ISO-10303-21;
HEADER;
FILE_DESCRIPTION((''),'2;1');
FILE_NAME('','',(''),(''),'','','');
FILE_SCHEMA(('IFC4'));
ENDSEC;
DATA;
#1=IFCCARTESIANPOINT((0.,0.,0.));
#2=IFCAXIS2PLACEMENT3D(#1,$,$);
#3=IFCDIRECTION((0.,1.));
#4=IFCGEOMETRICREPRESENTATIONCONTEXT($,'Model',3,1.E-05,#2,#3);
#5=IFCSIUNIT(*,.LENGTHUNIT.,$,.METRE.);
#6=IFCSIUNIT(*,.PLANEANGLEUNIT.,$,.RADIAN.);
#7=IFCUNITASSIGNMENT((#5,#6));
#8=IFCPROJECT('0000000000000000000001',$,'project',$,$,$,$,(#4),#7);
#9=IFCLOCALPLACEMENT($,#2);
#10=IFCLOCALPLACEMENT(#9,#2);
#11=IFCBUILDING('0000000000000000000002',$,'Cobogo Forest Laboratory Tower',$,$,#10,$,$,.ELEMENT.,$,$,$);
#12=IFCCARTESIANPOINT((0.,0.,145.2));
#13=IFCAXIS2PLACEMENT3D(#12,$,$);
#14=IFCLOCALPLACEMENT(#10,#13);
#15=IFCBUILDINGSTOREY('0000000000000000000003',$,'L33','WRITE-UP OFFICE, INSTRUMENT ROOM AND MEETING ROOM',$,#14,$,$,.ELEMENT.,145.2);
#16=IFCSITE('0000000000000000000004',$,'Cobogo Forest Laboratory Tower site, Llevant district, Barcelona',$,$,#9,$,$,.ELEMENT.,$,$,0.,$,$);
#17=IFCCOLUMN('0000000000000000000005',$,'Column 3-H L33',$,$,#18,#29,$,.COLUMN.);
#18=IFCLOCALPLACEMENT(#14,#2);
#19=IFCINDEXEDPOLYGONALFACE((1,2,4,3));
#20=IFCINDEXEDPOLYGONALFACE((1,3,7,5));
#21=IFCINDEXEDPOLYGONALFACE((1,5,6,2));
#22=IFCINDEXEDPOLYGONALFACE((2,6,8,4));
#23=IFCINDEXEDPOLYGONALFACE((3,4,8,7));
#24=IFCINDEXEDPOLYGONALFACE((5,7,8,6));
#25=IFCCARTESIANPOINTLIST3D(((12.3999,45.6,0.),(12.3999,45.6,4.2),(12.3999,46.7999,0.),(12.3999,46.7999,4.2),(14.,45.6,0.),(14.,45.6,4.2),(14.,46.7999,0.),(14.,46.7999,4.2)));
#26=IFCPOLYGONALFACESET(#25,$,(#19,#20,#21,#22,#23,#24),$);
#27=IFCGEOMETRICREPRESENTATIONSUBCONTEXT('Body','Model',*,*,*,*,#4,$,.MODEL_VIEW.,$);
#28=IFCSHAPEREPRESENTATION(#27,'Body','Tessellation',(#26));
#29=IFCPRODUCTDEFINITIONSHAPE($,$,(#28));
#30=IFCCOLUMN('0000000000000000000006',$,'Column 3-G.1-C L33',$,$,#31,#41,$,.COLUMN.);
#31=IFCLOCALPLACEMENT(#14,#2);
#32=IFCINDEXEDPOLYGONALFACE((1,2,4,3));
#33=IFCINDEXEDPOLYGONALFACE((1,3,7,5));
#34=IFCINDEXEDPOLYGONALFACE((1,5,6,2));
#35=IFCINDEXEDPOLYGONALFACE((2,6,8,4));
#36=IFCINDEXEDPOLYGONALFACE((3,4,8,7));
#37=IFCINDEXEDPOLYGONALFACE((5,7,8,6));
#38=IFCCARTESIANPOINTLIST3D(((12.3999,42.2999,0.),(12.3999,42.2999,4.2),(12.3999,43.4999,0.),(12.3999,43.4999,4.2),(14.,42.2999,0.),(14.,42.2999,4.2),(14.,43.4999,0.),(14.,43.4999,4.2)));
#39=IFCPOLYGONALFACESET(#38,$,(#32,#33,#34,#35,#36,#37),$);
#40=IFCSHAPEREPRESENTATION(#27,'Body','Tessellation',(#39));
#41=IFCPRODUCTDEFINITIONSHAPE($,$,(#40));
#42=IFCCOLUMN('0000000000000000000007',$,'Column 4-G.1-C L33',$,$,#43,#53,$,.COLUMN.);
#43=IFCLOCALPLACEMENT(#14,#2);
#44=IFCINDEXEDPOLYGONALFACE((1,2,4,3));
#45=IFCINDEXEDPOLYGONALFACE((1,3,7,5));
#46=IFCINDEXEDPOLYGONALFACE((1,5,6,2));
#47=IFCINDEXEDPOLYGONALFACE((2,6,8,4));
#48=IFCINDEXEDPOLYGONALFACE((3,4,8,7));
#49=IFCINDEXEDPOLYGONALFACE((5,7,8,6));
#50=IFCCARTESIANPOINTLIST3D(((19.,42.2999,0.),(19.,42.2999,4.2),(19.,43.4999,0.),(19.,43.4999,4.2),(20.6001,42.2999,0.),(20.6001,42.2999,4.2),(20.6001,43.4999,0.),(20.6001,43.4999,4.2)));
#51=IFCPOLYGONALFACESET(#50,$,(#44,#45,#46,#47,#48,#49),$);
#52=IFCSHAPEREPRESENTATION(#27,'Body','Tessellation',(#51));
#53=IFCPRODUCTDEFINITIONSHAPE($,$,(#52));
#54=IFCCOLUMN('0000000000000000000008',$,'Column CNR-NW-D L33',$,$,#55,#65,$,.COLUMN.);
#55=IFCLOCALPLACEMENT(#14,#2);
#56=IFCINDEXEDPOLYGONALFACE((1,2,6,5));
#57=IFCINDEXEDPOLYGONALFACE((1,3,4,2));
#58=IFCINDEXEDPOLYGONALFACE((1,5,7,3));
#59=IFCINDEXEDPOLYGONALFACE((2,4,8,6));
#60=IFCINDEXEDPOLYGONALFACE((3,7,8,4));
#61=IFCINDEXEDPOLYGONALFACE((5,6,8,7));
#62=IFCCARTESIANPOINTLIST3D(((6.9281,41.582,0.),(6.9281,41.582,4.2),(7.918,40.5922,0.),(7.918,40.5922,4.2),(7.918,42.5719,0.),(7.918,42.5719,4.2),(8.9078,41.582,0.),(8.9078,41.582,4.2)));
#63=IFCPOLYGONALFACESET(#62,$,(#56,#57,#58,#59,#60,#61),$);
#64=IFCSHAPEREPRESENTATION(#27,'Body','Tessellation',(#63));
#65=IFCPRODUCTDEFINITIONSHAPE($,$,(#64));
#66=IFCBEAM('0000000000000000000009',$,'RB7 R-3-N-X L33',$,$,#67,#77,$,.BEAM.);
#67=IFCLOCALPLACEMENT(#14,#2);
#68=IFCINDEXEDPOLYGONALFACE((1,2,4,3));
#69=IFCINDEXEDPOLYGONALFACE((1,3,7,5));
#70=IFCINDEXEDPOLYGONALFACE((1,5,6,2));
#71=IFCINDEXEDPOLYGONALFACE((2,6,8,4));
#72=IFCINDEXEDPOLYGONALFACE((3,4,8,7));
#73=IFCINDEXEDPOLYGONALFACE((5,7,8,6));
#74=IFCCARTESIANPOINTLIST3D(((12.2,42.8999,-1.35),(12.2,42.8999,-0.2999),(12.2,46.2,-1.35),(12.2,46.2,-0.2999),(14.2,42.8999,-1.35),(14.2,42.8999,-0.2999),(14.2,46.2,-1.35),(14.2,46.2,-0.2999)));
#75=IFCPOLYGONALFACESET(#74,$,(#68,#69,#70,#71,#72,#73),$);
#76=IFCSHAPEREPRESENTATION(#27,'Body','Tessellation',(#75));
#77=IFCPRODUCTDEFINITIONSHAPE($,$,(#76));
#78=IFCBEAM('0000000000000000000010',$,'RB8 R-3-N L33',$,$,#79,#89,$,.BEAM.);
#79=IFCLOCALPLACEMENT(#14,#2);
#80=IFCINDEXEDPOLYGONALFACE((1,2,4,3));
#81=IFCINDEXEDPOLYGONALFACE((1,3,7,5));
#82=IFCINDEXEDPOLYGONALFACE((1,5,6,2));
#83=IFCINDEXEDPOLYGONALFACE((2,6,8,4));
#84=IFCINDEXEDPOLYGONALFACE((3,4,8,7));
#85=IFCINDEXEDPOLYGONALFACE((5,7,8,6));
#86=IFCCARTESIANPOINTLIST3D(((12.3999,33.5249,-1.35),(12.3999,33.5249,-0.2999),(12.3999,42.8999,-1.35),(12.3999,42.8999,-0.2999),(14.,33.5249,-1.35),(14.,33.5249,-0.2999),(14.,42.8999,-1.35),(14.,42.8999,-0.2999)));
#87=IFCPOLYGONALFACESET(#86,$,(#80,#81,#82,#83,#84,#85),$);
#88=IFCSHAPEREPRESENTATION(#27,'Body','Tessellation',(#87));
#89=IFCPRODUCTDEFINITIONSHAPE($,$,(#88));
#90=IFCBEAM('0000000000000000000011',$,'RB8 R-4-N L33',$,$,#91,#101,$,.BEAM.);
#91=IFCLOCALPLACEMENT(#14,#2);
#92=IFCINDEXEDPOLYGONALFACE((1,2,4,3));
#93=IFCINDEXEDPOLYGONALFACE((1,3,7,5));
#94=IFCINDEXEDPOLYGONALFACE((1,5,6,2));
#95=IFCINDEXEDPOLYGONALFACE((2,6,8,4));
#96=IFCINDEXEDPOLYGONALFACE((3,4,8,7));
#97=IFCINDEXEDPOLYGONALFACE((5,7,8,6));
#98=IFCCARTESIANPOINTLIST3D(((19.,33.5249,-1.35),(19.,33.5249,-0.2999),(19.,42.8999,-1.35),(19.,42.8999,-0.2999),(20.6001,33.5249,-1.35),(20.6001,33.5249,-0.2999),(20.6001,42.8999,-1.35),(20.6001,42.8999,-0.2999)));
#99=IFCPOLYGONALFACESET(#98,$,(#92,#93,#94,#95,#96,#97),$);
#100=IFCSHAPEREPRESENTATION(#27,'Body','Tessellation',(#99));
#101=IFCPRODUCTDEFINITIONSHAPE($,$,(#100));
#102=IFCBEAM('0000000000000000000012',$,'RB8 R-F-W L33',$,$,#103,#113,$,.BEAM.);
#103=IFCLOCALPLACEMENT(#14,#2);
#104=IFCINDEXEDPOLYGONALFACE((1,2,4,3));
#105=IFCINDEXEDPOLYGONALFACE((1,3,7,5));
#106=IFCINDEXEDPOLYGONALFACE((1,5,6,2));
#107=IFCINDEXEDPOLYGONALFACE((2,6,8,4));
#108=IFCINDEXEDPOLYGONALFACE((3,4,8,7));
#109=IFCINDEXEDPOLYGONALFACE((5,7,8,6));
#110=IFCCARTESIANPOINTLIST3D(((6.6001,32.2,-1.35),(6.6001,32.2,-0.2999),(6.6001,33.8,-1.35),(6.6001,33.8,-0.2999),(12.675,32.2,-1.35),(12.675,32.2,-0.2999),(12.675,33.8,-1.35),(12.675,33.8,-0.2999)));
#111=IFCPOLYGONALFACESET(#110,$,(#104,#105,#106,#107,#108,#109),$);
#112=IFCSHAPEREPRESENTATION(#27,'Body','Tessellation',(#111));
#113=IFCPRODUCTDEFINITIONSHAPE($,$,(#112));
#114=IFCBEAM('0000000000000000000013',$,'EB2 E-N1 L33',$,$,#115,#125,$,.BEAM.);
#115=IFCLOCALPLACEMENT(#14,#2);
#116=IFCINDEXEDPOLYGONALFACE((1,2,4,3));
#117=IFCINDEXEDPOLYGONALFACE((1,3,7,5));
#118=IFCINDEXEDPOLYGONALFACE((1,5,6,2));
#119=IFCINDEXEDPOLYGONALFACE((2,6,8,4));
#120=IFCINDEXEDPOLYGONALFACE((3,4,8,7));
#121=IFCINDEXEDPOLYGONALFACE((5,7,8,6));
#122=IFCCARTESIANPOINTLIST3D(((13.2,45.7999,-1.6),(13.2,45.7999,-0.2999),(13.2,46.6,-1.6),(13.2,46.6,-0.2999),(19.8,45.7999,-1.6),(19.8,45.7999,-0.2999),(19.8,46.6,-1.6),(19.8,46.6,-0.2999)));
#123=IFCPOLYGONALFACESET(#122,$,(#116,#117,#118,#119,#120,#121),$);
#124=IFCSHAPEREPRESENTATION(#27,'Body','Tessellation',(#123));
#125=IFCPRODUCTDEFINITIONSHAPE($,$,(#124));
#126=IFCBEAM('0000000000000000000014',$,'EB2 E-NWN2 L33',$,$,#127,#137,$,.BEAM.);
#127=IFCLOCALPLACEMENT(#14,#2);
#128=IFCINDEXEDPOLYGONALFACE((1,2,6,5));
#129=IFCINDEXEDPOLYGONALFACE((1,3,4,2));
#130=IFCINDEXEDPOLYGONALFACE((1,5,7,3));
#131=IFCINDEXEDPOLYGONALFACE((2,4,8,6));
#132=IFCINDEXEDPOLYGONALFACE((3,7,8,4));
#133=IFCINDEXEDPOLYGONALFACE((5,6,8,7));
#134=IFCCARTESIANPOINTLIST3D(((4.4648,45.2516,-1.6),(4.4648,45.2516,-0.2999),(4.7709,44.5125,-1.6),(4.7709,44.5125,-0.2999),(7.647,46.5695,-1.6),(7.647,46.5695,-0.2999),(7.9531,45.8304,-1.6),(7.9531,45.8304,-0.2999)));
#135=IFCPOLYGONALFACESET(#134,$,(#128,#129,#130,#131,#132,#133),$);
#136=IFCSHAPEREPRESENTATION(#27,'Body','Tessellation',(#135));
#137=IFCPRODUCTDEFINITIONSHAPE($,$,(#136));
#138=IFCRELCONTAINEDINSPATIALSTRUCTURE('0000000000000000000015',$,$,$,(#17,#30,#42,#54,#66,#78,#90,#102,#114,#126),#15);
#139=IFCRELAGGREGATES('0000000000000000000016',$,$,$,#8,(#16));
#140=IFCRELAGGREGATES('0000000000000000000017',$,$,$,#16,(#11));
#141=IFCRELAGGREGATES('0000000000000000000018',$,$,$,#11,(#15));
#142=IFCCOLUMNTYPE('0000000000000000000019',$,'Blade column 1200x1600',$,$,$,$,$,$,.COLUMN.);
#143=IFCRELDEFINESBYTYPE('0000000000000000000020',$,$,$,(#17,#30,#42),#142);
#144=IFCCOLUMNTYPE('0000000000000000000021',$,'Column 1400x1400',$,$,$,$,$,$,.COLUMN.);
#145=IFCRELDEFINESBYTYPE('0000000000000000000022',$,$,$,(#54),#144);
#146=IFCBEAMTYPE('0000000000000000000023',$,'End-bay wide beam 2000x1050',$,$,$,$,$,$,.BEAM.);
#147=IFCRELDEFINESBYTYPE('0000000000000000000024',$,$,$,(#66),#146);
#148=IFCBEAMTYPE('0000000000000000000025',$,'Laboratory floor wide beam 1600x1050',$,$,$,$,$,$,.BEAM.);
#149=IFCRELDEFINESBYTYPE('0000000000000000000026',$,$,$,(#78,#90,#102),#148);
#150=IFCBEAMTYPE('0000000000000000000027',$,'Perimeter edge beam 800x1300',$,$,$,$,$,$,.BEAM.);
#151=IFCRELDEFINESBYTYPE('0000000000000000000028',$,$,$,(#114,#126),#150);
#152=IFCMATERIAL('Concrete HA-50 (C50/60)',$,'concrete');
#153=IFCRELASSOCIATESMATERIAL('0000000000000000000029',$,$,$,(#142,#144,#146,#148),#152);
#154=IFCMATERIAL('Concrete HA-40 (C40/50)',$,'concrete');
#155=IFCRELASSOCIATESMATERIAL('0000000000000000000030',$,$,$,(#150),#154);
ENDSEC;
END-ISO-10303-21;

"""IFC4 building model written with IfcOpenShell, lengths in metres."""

from ifc_helpers import new_model, si_unit, direction, frame, origin, origin_2d, place, context, subcontext, project, spatial, rectangle, extrude, material, material_profile, profile_set, type_object, element, save


model = new_model("IFC4")

# Units and contexts
model_context = context("Model", 3, precision=1e-05, world=origin(), true_north=direction((0.0, 1.0)))
body_context = subcontext(model_context, "Body", "Model", "MODEL_VIEW")
ifc_project = project(units=[si_unit("LENGTHUNIT", "METRE"), si_unit("PLANEANGLEUNIT", "RADIAN")], contexts=[model_context])

# Site, building, storey
site_placement = place(None, origin())
site = spatial("IfcSite", under=ifc_project, at=site_placement, Name="Cobogo Forest Laboratory Tower site, Llevant district, Barcelona", CompositionType="ELEMENT", RefElevation=0.0)
building_placement = place(site_placement, origin())
building = spatial("IfcBuilding", under=site, at=building_placement, Name="Cobogo Forest Laboratory Tower", CompositionType="ELEMENT")
storey_placement = place(building_placement, frame((0.0, 0.0, 145.2)))
storey = spatial("IfcBuildingStorey", under=building, at=storey_placement, Name="L33", Description="WRITE-UP OFFICE, INSTRUMENT ROOM AND MEETING ROOM", CompositionType="ELEMENT", Elevation=145.2)

# Columns
ifc_material_1 = material(Name="Concrete HA-50 (C50/60)", Category="concrete")
ifc_material_profile_1 = material_profile(ifc_material_1, rectangle(XDim=1.6001, YDim=1.2, at=origin_2d()), Name="RC 1200x1600")
ifc_profile_set_1 = profile_set([ifc_material_profile_1], Name="Concrete HA-50 (C50/60)")
column_type_1 = type_object("IfcColumnType", Name="Blade column 1200x1600", PredefinedType="COLUMN", material=ifc_profile_set_1)
for number, where, z_axis, x_axis, name in (
    (1, (13.2, 46.2, 0.0), (0.0, 0.0, 1.0), (1.0, 0.0, 0.0), "Column 3-H L33"),
    (2, (13.2, 42.8999, 0.0), (0.0, 0.0, 1.0), (1.0, 0.0, 0.0), "Column 3-G.1-C L33"),
    (3, (19.8, 42.8999, 0.0), (0.0, 0.0, 1.0), (1.0, 0.0, 0.0), "Column 4-G.1-C L33"),
):
    element("IfcColumn", number, at=place(storey_placement, frame(where, z_axis=z_axis, x_axis=x_axis)), inside=storey, type_object=column_type_1, Name=name, PredefinedType="COLUMN", context=body_context, shape_type="SweptSolid", body=[
        extrude(rectangle(XDim=1.6001, YDim=1.2, at=origin_2d()), origin(), (0.0, 0.0, 1.0), 4.2),
    ])
ifc_material_profile_2 = material_profile(ifc_material_1, rectangle(XDim=1.3999, YDim=1.3999, at=origin_2d()), Name="RC 1400x1400")
ifc_profile_set_2 = profile_set([ifc_material_profile_2], Name="Concrete HA-50 (C50/60)")
column_type_2 = type_object("IfcColumnType", Name="Column 1400x1400", PredefinedType="COLUMN", material=ifc_profile_set_2)
column_placement = place(storey_placement, frame((7.918, 41.582, 0.0), z_axis=(0.0, 0.0, 1.0), x_axis=(0.707107, 0.707107, 0.0)))
element("IfcColumn", 4, at=column_placement, inside=storey, type_object=column_type_2, Name="Column CNR-NW-D L33", PredefinedType="COLUMN", context=body_context, shape_type="SweptSolid", body=[
    extrude(rectangle(XDim=1.3999, YDim=1.3999, at=origin_2d()), origin(), (0.0, 0.0, 1.0), 4.2),
])

# Beams
ifc_material_profile_3 = material_profile(ifc_material_1, rectangle(XDim=2.0, YDim=1.05, at=origin_2d()), Name="RC 2000x1050")
ifc_profile_set_3 = profile_set([ifc_material_profile_3], Name="Concrete HA-50 (C50/60)")
beam_type_1 = type_object("IfcBeamType", Name="End-bay wide beam 2000x1050", PredefinedType="BEAM", material=ifc_profile_set_3)
beam_1_placement = place(storey_placement, frame((13.2, 46.2, -0.825), z_axis=(0.0, -1.0, 0.0), x_axis=(1.0, 0.0, 0.0)))
element("IfcBeam", 5, at=beam_1_placement, inside=storey, type_object=beam_type_1, Name="RB7 R-3-N-X L33", PredefinedType="BEAM", context=body_context, shape_type="SweptSolid", body=[
    extrude(rectangle(XDim=2.0, YDim=1.05, at=origin_2d()), origin(), (0.0, 0.0, 1.0), 3.3),
])
ifc_material_profile_4 = material_profile(ifc_material_1, rectangle(XDim=1.6001, YDim=1.05, at=origin_2d()), Name="RC 1600x1050")
ifc_profile_set_4 = profile_set([ifc_material_profile_4], Name="Concrete HA-50 (C50/60)")
beam_type_2 = type_object("IfcBeamType", Name="Laboratory floor wide beam 1600x1050", PredefinedType="BEAM", material=ifc_profile_set_4)
for number, where, z_axis, x_axis, name in (
    (6, (13.2, 33.5249, -0.825), (0.0, 1.0, 0.0), (-1.0, 0.0, 0.0), "RB8 R-3-N L33"),
    (7, (19.8, 33.5249, -0.825), (0.0, 1.0, 0.0), (-1.0, 0.0, 0.0), "RB8 R-4-N L33"),
):
    element("IfcBeam", number, at=place(storey_placement, frame(where, z_axis=z_axis, x_axis=x_axis)), inside=storey, type_object=beam_type_2, Name=name, PredefinedType="BEAM", context=body_context, shape_type="SweptSolid", body=[
        extrude(rectangle(XDim=1.6001, YDim=1.05, at=origin_2d()), origin(), (0.0, 0.0, 1.0), 9.375),
    ])
beam_2_placement = place(storey_placement, frame((12.675, 33.0, -0.825), z_axis=(-1.0, 0.0, 0.0), x_axis=(0.0, -1.0, 0.0)))
element("IfcBeam", 8, at=beam_2_placement, inside=storey, type_object=beam_type_2, Name="RB8 R-F-W L33", PredefinedType="BEAM", context=body_context, shape_type="SweptSolid", body=[
    extrude(rectangle(XDim=1.6001, YDim=1.05, at=origin_2d()), origin(), (0.0, 0.0, 1.0), 6.075),
])
ifc_material_2 = material(Name="Concrete HA-40 (C40/50)", Category="concrete")
ifc_material_profile_5 = material_profile(ifc_material_2, rectangle(XDim=0.8, YDim=1.3, at=origin_2d()), Name="RC 800x1300")
ifc_profile_set_5 = profile_set([ifc_material_profile_5], Name="Concrete HA-40 (C40/50)")
beam_type_3 = type_object("IfcBeamType", Name="Perimeter edge beam 800x1300", PredefinedType="BEAM", material=ifc_profile_set_5)
beam_3_placement = place(storey_placement, frame((13.2, 46.2, -0.95), z_axis=(1.0, 0.0, 0.0), x_axis=(0.0, 1.0, 0.0)))
element("IfcBeam", 9, at=beam_3_placement, inside=storey, type_object=beam_type_3, Name="EB2 E-N1 L33", PredefinedType="BEAM", context=body_context, shape_type="SweptSolid", body=[
    extrude(rectangle(XDim=0.8, YDim=1.3, at=origin_2d()), origin(), (0.0, 0.0, 1.0), 6.6001),
])
beam_4_placement = place(storey_placement, frame((7.8, 46.2, -0.95), z_axis=(-0.923901, -0.382631, 0.0), x_axis=(0.382631, -0.923901, 0.0)))
element("IfcBeam", 10, at=beam_4_placement, inside=storey, type_object=beam_type_3, Name="EB2 E-NWN2 L33", PredefinedType="BEAM", context=body_context, shape_type="SweptSolid", body=[
    extrude(rectangle(XDim=0.8, YDim=1.3, at=origin_2d()), origin(), (0.0, 0.0, 1.0), 3.4443),
])

save(model, "model.ifc")
